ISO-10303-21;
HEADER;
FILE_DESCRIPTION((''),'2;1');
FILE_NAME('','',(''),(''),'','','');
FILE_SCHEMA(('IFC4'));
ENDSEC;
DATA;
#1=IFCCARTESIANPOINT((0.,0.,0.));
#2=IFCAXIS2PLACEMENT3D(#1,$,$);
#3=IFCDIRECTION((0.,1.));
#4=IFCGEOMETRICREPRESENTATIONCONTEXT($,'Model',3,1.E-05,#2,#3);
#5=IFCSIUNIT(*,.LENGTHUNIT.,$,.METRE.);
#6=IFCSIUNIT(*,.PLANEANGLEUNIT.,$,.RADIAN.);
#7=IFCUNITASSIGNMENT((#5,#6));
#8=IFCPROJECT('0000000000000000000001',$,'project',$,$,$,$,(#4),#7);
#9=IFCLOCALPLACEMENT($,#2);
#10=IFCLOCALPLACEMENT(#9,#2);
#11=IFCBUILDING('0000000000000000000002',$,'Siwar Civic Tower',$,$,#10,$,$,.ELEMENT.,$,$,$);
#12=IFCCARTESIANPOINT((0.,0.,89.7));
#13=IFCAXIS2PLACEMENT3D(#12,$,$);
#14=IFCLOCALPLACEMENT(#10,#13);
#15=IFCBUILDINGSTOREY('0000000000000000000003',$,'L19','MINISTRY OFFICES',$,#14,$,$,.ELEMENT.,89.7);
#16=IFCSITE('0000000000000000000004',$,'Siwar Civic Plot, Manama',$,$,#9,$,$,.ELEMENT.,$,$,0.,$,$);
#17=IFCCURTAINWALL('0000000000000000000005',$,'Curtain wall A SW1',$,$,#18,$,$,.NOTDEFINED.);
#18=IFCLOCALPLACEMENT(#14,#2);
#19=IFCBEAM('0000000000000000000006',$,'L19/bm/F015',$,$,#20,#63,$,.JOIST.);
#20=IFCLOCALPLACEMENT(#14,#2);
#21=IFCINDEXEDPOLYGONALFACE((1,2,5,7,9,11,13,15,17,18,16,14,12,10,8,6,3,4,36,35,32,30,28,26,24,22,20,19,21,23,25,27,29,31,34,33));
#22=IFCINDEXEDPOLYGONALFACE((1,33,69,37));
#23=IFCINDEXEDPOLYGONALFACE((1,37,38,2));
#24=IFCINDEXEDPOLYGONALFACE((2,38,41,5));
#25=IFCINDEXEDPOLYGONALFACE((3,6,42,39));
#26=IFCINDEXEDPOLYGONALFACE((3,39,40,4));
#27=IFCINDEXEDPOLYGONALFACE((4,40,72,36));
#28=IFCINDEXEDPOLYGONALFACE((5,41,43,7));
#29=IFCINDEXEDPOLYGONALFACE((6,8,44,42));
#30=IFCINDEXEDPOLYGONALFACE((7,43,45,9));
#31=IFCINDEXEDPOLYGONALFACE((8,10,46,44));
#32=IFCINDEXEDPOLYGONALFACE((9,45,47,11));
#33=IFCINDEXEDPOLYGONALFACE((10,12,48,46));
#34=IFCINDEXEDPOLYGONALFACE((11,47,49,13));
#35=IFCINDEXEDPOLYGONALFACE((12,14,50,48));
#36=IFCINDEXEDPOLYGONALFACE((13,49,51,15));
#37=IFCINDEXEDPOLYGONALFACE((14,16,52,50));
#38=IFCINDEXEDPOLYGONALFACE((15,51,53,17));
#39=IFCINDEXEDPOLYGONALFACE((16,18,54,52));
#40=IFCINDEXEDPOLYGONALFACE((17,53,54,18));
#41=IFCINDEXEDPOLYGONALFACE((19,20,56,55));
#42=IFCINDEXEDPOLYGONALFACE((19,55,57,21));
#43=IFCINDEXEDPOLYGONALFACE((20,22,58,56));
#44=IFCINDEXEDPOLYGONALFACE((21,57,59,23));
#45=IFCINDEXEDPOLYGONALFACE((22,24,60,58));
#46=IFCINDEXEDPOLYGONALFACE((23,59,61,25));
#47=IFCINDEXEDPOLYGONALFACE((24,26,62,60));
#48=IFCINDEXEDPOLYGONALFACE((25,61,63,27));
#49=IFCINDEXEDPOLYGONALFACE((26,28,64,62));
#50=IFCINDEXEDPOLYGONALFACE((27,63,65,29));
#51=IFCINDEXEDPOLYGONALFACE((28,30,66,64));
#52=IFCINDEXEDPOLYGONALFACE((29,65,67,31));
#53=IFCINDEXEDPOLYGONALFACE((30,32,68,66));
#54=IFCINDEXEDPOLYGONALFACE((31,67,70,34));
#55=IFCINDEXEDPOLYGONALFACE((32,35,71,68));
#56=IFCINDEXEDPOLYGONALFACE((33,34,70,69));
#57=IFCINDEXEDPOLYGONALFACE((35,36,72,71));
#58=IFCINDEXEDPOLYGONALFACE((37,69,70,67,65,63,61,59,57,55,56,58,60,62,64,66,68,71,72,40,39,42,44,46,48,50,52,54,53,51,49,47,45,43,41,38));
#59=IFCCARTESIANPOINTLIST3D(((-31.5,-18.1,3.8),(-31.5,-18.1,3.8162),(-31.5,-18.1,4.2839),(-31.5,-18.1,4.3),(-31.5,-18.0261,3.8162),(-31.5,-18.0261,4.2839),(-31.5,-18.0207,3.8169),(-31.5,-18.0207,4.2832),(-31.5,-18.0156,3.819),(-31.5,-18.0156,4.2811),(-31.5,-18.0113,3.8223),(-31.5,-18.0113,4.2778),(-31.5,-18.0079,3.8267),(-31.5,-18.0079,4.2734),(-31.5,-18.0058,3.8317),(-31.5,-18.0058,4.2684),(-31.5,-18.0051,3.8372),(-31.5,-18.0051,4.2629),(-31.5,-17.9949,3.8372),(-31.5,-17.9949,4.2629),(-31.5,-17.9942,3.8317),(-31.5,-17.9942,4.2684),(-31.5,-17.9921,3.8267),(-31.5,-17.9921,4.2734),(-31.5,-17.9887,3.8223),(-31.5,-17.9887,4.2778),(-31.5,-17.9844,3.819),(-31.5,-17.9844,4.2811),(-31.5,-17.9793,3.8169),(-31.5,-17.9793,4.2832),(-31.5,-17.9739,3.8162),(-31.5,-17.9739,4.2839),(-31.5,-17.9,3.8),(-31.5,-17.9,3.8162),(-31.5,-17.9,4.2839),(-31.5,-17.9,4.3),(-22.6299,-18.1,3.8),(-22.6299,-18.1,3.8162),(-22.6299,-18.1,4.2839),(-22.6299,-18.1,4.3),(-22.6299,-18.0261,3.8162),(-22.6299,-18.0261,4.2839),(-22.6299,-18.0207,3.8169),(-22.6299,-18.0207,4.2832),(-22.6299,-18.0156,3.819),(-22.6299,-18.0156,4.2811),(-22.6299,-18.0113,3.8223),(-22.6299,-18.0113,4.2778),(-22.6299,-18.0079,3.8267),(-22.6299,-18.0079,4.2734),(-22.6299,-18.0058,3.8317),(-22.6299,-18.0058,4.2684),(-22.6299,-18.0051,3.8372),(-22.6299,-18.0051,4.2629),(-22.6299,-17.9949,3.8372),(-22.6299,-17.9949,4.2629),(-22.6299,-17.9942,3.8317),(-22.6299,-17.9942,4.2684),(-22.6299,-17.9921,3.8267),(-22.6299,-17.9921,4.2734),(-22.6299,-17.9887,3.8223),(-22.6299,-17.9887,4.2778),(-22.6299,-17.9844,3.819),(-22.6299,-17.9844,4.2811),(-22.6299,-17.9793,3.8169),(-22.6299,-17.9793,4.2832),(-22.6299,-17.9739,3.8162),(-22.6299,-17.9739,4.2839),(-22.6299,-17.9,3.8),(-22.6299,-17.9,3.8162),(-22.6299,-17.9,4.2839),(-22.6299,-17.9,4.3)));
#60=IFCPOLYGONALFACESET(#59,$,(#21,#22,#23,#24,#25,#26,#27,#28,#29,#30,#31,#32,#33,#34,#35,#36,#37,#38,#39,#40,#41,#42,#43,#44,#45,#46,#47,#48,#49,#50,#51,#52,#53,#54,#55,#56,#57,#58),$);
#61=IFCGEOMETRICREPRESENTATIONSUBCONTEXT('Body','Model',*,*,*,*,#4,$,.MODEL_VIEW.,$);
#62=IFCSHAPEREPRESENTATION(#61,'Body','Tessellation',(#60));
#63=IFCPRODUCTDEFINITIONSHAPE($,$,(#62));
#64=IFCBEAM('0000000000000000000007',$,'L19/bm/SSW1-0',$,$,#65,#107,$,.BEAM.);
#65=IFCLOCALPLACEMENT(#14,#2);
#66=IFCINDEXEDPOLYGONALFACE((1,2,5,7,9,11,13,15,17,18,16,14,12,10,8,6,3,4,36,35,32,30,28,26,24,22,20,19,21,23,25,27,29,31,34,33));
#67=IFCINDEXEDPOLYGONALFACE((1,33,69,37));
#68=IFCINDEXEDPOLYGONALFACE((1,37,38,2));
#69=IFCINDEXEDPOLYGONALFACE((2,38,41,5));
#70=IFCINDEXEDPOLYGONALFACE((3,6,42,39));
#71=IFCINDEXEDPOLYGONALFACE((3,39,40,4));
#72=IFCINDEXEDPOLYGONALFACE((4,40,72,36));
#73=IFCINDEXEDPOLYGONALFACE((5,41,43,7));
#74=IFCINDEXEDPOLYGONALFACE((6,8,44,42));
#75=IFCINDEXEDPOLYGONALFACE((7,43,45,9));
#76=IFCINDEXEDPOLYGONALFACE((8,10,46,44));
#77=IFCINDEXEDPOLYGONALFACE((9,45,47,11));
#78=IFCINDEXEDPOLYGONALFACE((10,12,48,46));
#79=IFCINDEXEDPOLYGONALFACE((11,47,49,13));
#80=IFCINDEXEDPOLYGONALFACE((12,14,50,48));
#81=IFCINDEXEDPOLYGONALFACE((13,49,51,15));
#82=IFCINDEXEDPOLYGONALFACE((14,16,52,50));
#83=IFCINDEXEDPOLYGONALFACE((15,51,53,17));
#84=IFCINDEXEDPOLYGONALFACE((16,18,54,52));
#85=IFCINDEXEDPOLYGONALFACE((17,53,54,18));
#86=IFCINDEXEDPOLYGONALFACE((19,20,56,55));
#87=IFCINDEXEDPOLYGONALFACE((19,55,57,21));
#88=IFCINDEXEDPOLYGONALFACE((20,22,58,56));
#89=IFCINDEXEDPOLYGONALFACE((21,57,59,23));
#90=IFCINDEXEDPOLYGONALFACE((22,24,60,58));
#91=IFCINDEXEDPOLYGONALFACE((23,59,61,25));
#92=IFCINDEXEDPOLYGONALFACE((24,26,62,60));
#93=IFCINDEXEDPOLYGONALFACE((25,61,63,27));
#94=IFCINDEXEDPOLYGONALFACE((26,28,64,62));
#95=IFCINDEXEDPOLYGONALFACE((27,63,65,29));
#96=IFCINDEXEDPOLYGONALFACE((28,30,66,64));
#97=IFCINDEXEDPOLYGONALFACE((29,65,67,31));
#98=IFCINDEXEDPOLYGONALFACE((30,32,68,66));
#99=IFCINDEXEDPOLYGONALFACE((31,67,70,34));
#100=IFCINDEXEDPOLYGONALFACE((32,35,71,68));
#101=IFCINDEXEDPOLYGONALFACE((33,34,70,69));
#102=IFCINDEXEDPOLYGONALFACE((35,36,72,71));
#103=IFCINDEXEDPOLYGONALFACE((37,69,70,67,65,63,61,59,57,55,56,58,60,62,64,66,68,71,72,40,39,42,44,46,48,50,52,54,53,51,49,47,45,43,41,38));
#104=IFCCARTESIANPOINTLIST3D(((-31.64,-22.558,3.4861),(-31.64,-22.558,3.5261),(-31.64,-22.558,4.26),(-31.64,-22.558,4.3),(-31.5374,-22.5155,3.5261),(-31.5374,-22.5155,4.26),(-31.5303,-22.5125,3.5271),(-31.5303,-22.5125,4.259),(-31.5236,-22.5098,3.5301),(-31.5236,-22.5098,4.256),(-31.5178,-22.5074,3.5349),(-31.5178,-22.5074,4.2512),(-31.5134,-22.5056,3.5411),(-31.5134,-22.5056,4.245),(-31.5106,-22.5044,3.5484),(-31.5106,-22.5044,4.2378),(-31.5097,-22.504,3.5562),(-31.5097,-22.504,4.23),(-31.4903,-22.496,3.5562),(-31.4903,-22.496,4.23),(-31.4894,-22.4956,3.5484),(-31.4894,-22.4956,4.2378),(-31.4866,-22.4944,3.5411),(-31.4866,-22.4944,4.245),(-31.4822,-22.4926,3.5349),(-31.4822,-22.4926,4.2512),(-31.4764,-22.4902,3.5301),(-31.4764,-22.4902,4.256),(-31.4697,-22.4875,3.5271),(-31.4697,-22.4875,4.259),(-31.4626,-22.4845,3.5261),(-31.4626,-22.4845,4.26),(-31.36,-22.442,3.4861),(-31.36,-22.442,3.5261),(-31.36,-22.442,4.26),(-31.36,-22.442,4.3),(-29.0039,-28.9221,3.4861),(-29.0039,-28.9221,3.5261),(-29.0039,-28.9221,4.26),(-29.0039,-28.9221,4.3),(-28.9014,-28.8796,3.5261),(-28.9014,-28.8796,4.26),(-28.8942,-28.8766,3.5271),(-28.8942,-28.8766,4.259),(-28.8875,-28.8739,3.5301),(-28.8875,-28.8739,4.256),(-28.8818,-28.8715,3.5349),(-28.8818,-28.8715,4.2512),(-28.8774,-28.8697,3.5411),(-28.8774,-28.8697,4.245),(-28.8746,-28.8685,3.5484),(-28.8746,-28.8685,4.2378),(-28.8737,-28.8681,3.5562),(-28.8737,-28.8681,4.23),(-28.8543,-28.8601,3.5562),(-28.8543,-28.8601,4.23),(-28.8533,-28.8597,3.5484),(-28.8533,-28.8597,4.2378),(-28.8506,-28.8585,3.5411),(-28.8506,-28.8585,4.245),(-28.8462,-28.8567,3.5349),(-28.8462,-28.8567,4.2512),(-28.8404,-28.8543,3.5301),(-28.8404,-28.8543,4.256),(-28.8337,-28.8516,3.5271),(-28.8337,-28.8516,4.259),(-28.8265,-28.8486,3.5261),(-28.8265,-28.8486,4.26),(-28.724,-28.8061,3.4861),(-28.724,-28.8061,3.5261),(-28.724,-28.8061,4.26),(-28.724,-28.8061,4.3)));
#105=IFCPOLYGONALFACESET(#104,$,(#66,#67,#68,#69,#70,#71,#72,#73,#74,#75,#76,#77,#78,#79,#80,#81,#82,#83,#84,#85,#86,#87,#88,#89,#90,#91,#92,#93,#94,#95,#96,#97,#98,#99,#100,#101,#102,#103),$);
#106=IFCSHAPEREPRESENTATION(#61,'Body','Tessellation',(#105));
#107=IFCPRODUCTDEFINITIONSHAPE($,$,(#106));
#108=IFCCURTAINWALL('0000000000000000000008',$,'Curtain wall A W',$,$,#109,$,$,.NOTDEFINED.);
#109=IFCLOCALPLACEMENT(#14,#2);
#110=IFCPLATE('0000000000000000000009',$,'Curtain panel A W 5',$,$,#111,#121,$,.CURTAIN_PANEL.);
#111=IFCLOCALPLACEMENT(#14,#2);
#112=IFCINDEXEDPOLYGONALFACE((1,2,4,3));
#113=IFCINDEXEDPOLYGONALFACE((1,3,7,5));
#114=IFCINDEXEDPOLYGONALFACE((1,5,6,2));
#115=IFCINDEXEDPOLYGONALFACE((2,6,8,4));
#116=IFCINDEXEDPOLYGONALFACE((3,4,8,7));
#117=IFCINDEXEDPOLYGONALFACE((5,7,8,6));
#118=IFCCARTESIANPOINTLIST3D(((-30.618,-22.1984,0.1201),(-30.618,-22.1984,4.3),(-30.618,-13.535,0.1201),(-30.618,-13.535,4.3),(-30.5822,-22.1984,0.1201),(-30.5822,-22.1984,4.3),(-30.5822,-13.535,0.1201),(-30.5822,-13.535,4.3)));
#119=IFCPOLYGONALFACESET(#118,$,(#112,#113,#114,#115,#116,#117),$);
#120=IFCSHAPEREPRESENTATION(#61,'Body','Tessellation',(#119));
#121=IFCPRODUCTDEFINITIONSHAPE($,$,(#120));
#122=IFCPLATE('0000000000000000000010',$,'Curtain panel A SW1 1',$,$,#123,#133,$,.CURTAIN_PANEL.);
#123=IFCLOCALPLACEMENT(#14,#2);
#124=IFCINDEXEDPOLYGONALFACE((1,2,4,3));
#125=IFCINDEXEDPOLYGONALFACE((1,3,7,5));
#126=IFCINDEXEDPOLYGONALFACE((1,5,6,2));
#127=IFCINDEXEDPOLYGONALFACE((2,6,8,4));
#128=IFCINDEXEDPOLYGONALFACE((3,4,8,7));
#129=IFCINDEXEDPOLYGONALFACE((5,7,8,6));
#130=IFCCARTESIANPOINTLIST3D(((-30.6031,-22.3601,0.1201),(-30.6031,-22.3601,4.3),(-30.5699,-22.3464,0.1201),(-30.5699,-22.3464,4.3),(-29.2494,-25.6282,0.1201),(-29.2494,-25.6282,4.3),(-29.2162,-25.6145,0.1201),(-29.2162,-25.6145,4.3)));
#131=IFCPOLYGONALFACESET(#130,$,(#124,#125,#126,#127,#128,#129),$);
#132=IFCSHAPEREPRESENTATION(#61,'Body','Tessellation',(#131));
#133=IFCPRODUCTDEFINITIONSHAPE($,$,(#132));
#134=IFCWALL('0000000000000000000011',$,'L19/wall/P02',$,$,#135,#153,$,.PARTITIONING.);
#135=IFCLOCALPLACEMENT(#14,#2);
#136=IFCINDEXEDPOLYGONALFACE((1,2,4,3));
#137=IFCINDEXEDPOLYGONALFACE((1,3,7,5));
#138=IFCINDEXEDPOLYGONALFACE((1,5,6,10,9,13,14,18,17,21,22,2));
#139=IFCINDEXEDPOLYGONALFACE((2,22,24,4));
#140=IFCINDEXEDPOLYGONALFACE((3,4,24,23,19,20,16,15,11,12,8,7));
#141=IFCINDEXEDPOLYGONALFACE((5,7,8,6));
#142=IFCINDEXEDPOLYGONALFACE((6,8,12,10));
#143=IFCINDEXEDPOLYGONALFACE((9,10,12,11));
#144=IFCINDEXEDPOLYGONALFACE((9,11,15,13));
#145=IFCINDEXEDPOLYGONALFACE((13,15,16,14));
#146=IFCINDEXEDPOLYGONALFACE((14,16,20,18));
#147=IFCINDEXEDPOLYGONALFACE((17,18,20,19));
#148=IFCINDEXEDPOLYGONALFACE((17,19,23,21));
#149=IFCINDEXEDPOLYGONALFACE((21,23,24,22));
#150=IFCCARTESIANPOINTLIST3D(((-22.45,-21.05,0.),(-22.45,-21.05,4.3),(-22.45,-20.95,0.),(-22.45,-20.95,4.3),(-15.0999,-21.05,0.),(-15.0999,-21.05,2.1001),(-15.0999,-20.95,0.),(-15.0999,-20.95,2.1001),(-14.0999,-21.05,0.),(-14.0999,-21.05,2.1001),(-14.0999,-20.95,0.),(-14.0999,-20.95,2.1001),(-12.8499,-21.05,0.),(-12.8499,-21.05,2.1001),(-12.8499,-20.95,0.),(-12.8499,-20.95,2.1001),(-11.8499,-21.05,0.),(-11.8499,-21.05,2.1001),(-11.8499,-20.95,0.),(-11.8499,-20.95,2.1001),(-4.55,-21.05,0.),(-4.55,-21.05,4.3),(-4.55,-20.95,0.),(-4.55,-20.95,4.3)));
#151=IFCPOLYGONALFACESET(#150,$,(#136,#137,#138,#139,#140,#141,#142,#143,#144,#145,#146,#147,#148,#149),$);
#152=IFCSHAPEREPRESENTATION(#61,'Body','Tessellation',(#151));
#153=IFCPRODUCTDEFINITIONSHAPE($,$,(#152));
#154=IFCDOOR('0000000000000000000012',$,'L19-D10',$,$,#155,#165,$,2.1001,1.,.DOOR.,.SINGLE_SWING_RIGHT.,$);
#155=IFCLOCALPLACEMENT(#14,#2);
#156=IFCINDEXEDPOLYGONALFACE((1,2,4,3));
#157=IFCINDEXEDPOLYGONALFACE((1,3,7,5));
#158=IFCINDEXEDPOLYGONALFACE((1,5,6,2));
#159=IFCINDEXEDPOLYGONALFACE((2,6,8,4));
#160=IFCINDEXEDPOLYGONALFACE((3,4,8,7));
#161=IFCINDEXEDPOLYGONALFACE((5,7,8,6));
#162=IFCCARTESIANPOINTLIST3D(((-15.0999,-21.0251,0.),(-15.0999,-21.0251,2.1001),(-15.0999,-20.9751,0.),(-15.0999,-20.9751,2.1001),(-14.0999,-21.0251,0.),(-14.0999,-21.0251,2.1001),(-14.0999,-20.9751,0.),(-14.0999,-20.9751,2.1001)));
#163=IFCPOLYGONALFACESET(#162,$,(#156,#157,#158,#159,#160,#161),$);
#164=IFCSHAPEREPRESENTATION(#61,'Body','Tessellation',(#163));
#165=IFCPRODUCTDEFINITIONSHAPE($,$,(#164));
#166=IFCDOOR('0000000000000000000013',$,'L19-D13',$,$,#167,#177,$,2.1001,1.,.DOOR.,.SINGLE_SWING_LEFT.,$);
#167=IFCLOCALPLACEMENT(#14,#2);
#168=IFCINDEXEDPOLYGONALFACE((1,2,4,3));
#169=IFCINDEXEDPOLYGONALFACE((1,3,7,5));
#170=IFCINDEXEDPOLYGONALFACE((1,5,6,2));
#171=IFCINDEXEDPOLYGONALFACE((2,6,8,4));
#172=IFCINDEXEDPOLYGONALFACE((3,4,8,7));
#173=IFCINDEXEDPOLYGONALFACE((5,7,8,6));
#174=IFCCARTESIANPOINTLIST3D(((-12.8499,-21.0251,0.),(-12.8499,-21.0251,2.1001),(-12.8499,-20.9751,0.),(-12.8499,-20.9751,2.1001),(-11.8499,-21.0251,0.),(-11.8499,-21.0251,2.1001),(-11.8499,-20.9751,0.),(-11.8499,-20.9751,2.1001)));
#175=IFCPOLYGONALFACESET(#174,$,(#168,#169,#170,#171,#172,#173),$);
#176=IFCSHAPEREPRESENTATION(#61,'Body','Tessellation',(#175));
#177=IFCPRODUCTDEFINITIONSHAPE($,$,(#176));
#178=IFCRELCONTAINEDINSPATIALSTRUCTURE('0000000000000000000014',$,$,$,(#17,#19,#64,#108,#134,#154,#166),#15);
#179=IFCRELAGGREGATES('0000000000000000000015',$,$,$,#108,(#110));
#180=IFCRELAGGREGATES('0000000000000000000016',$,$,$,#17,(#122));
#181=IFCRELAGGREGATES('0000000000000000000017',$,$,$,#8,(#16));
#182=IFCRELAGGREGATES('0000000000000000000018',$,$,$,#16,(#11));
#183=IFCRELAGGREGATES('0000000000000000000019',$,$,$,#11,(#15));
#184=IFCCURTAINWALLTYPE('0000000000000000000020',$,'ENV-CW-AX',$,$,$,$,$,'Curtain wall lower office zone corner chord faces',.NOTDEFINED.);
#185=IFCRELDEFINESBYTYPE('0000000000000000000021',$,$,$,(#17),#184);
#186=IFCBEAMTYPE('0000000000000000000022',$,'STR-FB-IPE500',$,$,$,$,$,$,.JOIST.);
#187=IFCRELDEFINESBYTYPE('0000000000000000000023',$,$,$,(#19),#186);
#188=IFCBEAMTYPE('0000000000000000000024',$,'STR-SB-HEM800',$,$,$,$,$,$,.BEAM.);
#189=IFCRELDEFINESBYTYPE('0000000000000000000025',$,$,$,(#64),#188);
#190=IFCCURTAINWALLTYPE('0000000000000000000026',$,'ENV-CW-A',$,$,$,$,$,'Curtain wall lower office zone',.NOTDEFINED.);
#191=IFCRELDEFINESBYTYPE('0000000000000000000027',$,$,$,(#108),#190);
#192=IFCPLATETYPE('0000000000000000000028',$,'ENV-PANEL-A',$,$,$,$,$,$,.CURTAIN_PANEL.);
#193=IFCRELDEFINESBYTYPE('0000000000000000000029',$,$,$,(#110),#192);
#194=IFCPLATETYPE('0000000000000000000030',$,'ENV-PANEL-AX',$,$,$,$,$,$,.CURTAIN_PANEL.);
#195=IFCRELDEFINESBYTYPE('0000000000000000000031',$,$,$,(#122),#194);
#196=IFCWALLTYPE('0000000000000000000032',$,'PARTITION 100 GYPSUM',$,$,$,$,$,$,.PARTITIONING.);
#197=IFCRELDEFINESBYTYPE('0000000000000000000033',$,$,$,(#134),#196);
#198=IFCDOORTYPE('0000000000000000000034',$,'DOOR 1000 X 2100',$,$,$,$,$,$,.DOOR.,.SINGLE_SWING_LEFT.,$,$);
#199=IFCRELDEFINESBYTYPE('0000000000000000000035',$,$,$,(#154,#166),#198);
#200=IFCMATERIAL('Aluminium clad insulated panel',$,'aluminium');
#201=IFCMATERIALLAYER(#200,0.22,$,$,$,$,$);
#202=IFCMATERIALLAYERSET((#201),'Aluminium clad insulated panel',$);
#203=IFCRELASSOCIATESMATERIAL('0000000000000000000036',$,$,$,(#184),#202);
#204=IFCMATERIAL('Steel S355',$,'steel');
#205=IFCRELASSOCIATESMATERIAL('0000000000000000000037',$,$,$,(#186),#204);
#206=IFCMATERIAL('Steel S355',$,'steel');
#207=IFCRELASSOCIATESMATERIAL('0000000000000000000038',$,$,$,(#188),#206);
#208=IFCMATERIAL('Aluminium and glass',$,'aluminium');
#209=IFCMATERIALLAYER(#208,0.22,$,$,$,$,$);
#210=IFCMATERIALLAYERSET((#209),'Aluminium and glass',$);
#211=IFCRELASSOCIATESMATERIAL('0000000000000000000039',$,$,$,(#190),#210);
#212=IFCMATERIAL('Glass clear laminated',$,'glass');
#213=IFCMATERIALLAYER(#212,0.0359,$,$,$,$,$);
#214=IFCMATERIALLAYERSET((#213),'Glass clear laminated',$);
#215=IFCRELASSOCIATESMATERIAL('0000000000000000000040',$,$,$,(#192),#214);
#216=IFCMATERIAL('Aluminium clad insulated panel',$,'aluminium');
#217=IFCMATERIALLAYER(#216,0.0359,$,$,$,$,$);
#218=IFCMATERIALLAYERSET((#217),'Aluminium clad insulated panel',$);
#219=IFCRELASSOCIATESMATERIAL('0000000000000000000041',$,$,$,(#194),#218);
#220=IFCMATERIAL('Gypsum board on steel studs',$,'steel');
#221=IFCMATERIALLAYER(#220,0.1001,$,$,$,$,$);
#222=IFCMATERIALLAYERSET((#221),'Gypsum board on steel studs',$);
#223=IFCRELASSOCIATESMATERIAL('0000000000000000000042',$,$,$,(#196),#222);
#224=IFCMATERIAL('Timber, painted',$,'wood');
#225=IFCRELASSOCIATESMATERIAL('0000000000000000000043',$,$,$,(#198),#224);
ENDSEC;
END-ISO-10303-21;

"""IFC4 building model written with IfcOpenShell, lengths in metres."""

from ifc_helpers import new_model, si_unit, direction, frame, frame_2d, origin, origin_2d, place, context, subcontext, project, spatial, rectangle, i_section, extrude, material, layer, layer_set, material_profile, profile_set, type_object, element, fill, aggregate, save


model = new_model("IFC4")

# Units and contexts
model_context = context("Model", 3, precision=1e-05, world=origin(), true_north=direction((0.0, 1.0)))
body_context = subcontext(model_context, "Body", "Model", "MODEL_VIEW")
ifc_project = project(units=[si_unit("LENGTHUNIT", "METRE"), si_unit("PLANEANGLEUNIT", "RADIAN")], contexts=[model_context])

# Site, building, storey
site_placement = place(None, origin())
site = spatial("IfcSite", under=ifc_project, at=site_placement, Name="Siwar Civic Plot, Manama", CompositionType="ELEMENT", RefElevation=0.0)
building_placement = place(site_placement, origin())
building = spatial("IfcBuilding", under=site, at=building_placement, Name="Siwar Civic Tower", CompositionType="ELEMENT")
storey_placement = place(building_placement, frame((0.0, 0.0, 89.7)))
storey = spatial("IfcBuildingStorey", under=building, at=storey_placement, Name="L19", Description="MINISTRY OFFICES", CompositionType="ELEMENT", Elevation=89.7)

# Curtain wall
ifc_material_1 = material(Name="Aluminium clad insulated panel", Category="aluminium")
ifc_layer_1 = layer(ifc_material_1, 0.22)
ifc_layer_set_1 = layer_set([ifc_layer_1], Name="Aluminium clad insulated panel")
curtain_wall_type_1 = type_object("IfcCurtainWallType", Name="ENV-CW-AX", ElementType="Curtain wall lower office zone corner chord faces", PredefinedType="NOTDEFINED", material=ifc_layer_set_1)
curtain_wall_1_placement = place(storey_placement, origin())
curtain_wall_1 = element("IfcCurtainWall", 1, at=curtain_wall_1_placement, inside=storey, type_object=curtain_wall_type_1, Name="Curtain wall A SW1", PredefinedType="NOTDEFINED")

# Beams
ifc_material_2 = material(Name="Steel S355", Category="steel")
ifc_material_profile_1 = material_profile(ifc_material_2, i_section(OverallWidth=0.2, OverallDepth=0.5, WebThickness=0.0103, FlangeThickness=0.0161, FilletRadius=0.021, at=origin_2d()), Name="IPE500")
ifc_profile_set_1 = profile_set([ifc_material_profile_1], Name="Steel S355")
beam_type_1 = type_object("IfcBeamType", Name="STR-FB-IPE500", PredefinedType="JOIST", material=ifc_profile_set_1)
beam_1_placement = place(storey_placement, frame((-31.5, -18.0, 4.05), z_axis=(1.0, 0.0, 0.0), x_axis=(0.0, 1.0, 0.0)))
element("IfcBeam", 2, at=beam_1_placement, inside=storey, type_object=beam_type_1, Name="L19/bm/F015", PredefinedType="JOIST", context=body_context, shape_type="SweptSolid", body=[
    extrude(i_section(OverallWidth=0.2, OverallDepth=0.5, WebThickness=0.0103, FlangeThickness=0.0161, FilletRadius=0.021, at=origin_2d()), origin(), (0.0, 0.0, 1.0), 8.8701),
])
ifc_material_3 = material(Name="Steel S355", Category="steel")
ifc_material_profile_2 = material_profile(ifc_material_3, i_section(OverallWidth=0.303, OverallDepth=0.814, WebThickness=0.021, FlangeThickness=0.04, FilletRadius=0.03, at=origin_2d()), Name="HEM800")
ifc_profile_set_2 = profile_set([ifc_material_profile_2], Name="Steel S355")
beam_type_2 = type_object("IfcBeamType", Name="STR-SB-HEM800", PredefinedType="BEAM", material=ifc_profile_set_2)
beam_2_placement = place(storey_placement, frame((-31.5, -22.5, 3.8931), z_axis=(0.382674, -0.923883, 0.0), x_axis=(0.923883, 0.382674, 0.0)))
element("IfcBeam", 3, at=beam_2_placement, inside=storey, type_object=beam_type_2, Name="L19/bm/SSW1-0", PredefinedType="BEAM", context=body_context, shape_type="SweptSolid", body=[
    extrude(i_section(OverallWidth=0.303, OverallDepth=0.814, WebThickness=0.021, FlangeThickness=0.04, FilletRadius=0.03, at=origin_2d()), origin(), (0.0, 0.0, 1.0), 6.8884),
])

# Curtain wall, plate
ifc_material_4 = material(Name="Aluminium and glass", Category="aluminium")
ifc_layer_2 = layer(ifc_material_4, 0.22)
ifc_layer_set_2 = layer_set([ifc_layer_2], Name="Aluminium and glass")
curtain_wall_type_2 = type_object("IfcCurtainWallType", Name="ENV-CW-A", ElementType="Curtain wall lower office zone", PredefinedType="NOTDEFINED", material=ifc_layer_set_2)
curtain_wall_2_placement = place(storey_placement, origin())
curtain_wall_2 = element("IfcCurtainWall", 4, at=curtain_wall_2_placement, inside=storey, type_object=curtain_wall_type_2, Name="Curtain wall A W", PredefinedType="NOTDEFINED")
ifc_material_5 = material(Name="Glass clear laminated", Category="glass")
ifc_layer_3 = layer(ifc_material_5, 0.0359)
ifc_layer_set_3 = layer_set([ifc_layer_3], Name="Glass clear laminated")
plate_type_1 = type_object("IfcPlateType", Name="ENV-PANEL-A", PredefinedType="CURTAIN_PANEL", material=ifc_layer_set_3)
plate_1_placement = place(storey_placement, frame((-30.6001, -17.8667, 0.1201), z_axis=(0.0, 0.0, 1.0), x_axis=(0.0, -1.0, 0.0)))
plate_1 = element("IfcPlate", 5, at=plate_1_placement, type_object=plate_type_1, Name="Curtain panel A W 5", PredefinedType="CURTAIN_PANEL", context=body_context, shape_type="SweptSolid", body=[
    extrude(rectangle(XDim=8.6633, YDim=0.0359, at=origin_2d()), origin(), (0.0, 0.0, 1.0), 4.1799),
])
aggregate(curtain_wall_2, [plate_1])

# Plate
ifc_material_6 = material(Name="Aluminium clad insulated panel", Category="aluminium")
ifc_layer_4 = layer(ifc_material_6, 0.0359)
ifc_layer_set_4 = layer_set([ifc_layer_4], Name="Aluminium clad insulated panel")
plate_type_2 = type_object("IfcPlateType", Name="ENV-PANEL-AX", PredefinedType="CURTAIN_PANEL", material=ifc_layer_set_4)
plate_2_placement = place(storey_placement, frame((-29.9097, -23.9873, 0.1201), z_axis=(0.0, 0.0, 1.0), x_axis=(0.382683, -0.92388, 0.0)))
plate_2 = element("IfcPlate", 6, at=plate_2_placement, type_object=plate_type_2, Name="Curtain panel A SW1 1", PredefinedType="CURTAIN_PANEL", context=body_context, shape_type="SweptSolid", body=[
    extrude(rectangle(XDim=3.5374, YDim=0.0359, at=origin_2d()), origin(), (0.0, 0.0, 1.0), 4.1799),
])
aggregate(curtain_wall_1, [plate_2])

# Wall, openings, doors
ifc_material_7 = material(Name="Gypsum board on steel studs", Category="steel")
ifc_layer_5 = layer(ifc_material_7, 0.1001)
ifc_layer_set_5 = layer_set([ifc_layer_5], Name="Gypsum board on steel studs")
wall_type = type_object("IfcWallType", Name="PARTITION 100 GYPSUM", PredefinedType="PARTITIONING", material=ifc_layer_set_5)
wall_placement = place(storey_placement, frame((-22.45, -21.0, 0.0), z_axis=(0.0, 0.0, 1.0), x_axis=(1.0, 0.0, 0.0)))
wall = element("IfcWall", 7, at=wall_placement, inside=storey, type_object=wall_type, Name="L19/wall/P02", PredefinedType="PARTITIONING", context=body_context, shape_type="SweptSolid", body=[
    extrude(rectangle(XDim=17.8999, YDim=0.1001, at=frame_2d((8.95, 0.0))), origin(), (0.0, 0.0, 1.0), 4.3),
])
opening_1_placement = place(wall_placement, frame((7.3501, 0.0, 0.0)))
opening_1 = element("IfcOpeningElement", 8, at=opening_1_placement, cuts=wall, PredefinedType="OPENING", context=body_context, shape_type="SweptSolid", body=[
    extrude(rectangle(XDim=1.0, YDim=2.1001, at=frame_2d((0.5, 1.05))), frame((0.0, 0.0601, 0.0), z_axis=(0.0, -1.0, 0.0), x_axis=(1.0, 0.0, 0.0)), (0.0, 0.0, 1.0), 0.1201),
])
opening_2_placement = place(wall_placement, frame((9.6001, 0.0, 0.0)))
opening_2 = element("IfcOpeningElement", 9, at=opening_2_placement, cuts=wall, PredefinedType="OPENING", context=body_context, shape_type="SweptSolid", body=[
    extrude(rectangle(XDim=1.0, YDim=2.1001, at=frame_2d((0.5, 1.05))), frame((0.0, 0.0601, 0.0), z_axis=(0.0, -1.0, 0.0), x_axis=(1.0, 0.0, 0.0)), (0.0, 0.0, 1.0), 0.1201),
])
ifc_material_8 = material(Name="Timber, painted", Category="wood")
door_type = type_object("IfcDoorType", Name="DOOR 1000 X 2100", OperationType="SINGLE_SWING_LEFT", PredefinedType="DOOR", material=ifc_material_8)
door_1_placement = place(opening_1_placement, origin())
door_1 = element("IfcDoor", 10, at=door_1_placement, inside=storey, type_object=door_type, Name="L19-D10", OperationType="SINGLE_SWING_RIGHT", OverallHeight=2.1001, OverallWidth=1.0, PredefinedType="DOOR", context=body_context, shape_type="SweptSolid", body=[
    extrude(rectangle(XDim=1.0, YDim=2.1001, at=frame_2d((0.5, 1.05))), frame((0.0, 0.0249, 0.0), z_axis=(0.0, -1.0, 0.0), x_axis=(1.0, 0.0, 0.0)), (0.0, 0.0, 1.0), 0.05),
])
fill(opening_1, door_1)
door_2_placement = place(opening_2_placement, origin())
door_2 = element("IfcDoor", 11, at=door_2_placement, inside=storey, type_object=door_type, Name="L19-D13", OperationType="SINGLE_SWING_LEFT", OverallHeight=2.1001, OverallWidth=1.0, PredefinedType="DOOR", context=body_context, shape_type="SweptSolid", body=[
    extrude(rectangle(XDim=1.0, YDim=2.1001, at=frame_2d((0.5, 1.05))), frame((0.0, 0.0249, 0.0), z_axis=(0.0, -1.0, 0.0), x_axis=(1.0, 0.0, 0.0)), (0.0, 0.0, 1.0), 0.05),
])
fill(opening_2, door_2)

save(model, "model.ifc")
